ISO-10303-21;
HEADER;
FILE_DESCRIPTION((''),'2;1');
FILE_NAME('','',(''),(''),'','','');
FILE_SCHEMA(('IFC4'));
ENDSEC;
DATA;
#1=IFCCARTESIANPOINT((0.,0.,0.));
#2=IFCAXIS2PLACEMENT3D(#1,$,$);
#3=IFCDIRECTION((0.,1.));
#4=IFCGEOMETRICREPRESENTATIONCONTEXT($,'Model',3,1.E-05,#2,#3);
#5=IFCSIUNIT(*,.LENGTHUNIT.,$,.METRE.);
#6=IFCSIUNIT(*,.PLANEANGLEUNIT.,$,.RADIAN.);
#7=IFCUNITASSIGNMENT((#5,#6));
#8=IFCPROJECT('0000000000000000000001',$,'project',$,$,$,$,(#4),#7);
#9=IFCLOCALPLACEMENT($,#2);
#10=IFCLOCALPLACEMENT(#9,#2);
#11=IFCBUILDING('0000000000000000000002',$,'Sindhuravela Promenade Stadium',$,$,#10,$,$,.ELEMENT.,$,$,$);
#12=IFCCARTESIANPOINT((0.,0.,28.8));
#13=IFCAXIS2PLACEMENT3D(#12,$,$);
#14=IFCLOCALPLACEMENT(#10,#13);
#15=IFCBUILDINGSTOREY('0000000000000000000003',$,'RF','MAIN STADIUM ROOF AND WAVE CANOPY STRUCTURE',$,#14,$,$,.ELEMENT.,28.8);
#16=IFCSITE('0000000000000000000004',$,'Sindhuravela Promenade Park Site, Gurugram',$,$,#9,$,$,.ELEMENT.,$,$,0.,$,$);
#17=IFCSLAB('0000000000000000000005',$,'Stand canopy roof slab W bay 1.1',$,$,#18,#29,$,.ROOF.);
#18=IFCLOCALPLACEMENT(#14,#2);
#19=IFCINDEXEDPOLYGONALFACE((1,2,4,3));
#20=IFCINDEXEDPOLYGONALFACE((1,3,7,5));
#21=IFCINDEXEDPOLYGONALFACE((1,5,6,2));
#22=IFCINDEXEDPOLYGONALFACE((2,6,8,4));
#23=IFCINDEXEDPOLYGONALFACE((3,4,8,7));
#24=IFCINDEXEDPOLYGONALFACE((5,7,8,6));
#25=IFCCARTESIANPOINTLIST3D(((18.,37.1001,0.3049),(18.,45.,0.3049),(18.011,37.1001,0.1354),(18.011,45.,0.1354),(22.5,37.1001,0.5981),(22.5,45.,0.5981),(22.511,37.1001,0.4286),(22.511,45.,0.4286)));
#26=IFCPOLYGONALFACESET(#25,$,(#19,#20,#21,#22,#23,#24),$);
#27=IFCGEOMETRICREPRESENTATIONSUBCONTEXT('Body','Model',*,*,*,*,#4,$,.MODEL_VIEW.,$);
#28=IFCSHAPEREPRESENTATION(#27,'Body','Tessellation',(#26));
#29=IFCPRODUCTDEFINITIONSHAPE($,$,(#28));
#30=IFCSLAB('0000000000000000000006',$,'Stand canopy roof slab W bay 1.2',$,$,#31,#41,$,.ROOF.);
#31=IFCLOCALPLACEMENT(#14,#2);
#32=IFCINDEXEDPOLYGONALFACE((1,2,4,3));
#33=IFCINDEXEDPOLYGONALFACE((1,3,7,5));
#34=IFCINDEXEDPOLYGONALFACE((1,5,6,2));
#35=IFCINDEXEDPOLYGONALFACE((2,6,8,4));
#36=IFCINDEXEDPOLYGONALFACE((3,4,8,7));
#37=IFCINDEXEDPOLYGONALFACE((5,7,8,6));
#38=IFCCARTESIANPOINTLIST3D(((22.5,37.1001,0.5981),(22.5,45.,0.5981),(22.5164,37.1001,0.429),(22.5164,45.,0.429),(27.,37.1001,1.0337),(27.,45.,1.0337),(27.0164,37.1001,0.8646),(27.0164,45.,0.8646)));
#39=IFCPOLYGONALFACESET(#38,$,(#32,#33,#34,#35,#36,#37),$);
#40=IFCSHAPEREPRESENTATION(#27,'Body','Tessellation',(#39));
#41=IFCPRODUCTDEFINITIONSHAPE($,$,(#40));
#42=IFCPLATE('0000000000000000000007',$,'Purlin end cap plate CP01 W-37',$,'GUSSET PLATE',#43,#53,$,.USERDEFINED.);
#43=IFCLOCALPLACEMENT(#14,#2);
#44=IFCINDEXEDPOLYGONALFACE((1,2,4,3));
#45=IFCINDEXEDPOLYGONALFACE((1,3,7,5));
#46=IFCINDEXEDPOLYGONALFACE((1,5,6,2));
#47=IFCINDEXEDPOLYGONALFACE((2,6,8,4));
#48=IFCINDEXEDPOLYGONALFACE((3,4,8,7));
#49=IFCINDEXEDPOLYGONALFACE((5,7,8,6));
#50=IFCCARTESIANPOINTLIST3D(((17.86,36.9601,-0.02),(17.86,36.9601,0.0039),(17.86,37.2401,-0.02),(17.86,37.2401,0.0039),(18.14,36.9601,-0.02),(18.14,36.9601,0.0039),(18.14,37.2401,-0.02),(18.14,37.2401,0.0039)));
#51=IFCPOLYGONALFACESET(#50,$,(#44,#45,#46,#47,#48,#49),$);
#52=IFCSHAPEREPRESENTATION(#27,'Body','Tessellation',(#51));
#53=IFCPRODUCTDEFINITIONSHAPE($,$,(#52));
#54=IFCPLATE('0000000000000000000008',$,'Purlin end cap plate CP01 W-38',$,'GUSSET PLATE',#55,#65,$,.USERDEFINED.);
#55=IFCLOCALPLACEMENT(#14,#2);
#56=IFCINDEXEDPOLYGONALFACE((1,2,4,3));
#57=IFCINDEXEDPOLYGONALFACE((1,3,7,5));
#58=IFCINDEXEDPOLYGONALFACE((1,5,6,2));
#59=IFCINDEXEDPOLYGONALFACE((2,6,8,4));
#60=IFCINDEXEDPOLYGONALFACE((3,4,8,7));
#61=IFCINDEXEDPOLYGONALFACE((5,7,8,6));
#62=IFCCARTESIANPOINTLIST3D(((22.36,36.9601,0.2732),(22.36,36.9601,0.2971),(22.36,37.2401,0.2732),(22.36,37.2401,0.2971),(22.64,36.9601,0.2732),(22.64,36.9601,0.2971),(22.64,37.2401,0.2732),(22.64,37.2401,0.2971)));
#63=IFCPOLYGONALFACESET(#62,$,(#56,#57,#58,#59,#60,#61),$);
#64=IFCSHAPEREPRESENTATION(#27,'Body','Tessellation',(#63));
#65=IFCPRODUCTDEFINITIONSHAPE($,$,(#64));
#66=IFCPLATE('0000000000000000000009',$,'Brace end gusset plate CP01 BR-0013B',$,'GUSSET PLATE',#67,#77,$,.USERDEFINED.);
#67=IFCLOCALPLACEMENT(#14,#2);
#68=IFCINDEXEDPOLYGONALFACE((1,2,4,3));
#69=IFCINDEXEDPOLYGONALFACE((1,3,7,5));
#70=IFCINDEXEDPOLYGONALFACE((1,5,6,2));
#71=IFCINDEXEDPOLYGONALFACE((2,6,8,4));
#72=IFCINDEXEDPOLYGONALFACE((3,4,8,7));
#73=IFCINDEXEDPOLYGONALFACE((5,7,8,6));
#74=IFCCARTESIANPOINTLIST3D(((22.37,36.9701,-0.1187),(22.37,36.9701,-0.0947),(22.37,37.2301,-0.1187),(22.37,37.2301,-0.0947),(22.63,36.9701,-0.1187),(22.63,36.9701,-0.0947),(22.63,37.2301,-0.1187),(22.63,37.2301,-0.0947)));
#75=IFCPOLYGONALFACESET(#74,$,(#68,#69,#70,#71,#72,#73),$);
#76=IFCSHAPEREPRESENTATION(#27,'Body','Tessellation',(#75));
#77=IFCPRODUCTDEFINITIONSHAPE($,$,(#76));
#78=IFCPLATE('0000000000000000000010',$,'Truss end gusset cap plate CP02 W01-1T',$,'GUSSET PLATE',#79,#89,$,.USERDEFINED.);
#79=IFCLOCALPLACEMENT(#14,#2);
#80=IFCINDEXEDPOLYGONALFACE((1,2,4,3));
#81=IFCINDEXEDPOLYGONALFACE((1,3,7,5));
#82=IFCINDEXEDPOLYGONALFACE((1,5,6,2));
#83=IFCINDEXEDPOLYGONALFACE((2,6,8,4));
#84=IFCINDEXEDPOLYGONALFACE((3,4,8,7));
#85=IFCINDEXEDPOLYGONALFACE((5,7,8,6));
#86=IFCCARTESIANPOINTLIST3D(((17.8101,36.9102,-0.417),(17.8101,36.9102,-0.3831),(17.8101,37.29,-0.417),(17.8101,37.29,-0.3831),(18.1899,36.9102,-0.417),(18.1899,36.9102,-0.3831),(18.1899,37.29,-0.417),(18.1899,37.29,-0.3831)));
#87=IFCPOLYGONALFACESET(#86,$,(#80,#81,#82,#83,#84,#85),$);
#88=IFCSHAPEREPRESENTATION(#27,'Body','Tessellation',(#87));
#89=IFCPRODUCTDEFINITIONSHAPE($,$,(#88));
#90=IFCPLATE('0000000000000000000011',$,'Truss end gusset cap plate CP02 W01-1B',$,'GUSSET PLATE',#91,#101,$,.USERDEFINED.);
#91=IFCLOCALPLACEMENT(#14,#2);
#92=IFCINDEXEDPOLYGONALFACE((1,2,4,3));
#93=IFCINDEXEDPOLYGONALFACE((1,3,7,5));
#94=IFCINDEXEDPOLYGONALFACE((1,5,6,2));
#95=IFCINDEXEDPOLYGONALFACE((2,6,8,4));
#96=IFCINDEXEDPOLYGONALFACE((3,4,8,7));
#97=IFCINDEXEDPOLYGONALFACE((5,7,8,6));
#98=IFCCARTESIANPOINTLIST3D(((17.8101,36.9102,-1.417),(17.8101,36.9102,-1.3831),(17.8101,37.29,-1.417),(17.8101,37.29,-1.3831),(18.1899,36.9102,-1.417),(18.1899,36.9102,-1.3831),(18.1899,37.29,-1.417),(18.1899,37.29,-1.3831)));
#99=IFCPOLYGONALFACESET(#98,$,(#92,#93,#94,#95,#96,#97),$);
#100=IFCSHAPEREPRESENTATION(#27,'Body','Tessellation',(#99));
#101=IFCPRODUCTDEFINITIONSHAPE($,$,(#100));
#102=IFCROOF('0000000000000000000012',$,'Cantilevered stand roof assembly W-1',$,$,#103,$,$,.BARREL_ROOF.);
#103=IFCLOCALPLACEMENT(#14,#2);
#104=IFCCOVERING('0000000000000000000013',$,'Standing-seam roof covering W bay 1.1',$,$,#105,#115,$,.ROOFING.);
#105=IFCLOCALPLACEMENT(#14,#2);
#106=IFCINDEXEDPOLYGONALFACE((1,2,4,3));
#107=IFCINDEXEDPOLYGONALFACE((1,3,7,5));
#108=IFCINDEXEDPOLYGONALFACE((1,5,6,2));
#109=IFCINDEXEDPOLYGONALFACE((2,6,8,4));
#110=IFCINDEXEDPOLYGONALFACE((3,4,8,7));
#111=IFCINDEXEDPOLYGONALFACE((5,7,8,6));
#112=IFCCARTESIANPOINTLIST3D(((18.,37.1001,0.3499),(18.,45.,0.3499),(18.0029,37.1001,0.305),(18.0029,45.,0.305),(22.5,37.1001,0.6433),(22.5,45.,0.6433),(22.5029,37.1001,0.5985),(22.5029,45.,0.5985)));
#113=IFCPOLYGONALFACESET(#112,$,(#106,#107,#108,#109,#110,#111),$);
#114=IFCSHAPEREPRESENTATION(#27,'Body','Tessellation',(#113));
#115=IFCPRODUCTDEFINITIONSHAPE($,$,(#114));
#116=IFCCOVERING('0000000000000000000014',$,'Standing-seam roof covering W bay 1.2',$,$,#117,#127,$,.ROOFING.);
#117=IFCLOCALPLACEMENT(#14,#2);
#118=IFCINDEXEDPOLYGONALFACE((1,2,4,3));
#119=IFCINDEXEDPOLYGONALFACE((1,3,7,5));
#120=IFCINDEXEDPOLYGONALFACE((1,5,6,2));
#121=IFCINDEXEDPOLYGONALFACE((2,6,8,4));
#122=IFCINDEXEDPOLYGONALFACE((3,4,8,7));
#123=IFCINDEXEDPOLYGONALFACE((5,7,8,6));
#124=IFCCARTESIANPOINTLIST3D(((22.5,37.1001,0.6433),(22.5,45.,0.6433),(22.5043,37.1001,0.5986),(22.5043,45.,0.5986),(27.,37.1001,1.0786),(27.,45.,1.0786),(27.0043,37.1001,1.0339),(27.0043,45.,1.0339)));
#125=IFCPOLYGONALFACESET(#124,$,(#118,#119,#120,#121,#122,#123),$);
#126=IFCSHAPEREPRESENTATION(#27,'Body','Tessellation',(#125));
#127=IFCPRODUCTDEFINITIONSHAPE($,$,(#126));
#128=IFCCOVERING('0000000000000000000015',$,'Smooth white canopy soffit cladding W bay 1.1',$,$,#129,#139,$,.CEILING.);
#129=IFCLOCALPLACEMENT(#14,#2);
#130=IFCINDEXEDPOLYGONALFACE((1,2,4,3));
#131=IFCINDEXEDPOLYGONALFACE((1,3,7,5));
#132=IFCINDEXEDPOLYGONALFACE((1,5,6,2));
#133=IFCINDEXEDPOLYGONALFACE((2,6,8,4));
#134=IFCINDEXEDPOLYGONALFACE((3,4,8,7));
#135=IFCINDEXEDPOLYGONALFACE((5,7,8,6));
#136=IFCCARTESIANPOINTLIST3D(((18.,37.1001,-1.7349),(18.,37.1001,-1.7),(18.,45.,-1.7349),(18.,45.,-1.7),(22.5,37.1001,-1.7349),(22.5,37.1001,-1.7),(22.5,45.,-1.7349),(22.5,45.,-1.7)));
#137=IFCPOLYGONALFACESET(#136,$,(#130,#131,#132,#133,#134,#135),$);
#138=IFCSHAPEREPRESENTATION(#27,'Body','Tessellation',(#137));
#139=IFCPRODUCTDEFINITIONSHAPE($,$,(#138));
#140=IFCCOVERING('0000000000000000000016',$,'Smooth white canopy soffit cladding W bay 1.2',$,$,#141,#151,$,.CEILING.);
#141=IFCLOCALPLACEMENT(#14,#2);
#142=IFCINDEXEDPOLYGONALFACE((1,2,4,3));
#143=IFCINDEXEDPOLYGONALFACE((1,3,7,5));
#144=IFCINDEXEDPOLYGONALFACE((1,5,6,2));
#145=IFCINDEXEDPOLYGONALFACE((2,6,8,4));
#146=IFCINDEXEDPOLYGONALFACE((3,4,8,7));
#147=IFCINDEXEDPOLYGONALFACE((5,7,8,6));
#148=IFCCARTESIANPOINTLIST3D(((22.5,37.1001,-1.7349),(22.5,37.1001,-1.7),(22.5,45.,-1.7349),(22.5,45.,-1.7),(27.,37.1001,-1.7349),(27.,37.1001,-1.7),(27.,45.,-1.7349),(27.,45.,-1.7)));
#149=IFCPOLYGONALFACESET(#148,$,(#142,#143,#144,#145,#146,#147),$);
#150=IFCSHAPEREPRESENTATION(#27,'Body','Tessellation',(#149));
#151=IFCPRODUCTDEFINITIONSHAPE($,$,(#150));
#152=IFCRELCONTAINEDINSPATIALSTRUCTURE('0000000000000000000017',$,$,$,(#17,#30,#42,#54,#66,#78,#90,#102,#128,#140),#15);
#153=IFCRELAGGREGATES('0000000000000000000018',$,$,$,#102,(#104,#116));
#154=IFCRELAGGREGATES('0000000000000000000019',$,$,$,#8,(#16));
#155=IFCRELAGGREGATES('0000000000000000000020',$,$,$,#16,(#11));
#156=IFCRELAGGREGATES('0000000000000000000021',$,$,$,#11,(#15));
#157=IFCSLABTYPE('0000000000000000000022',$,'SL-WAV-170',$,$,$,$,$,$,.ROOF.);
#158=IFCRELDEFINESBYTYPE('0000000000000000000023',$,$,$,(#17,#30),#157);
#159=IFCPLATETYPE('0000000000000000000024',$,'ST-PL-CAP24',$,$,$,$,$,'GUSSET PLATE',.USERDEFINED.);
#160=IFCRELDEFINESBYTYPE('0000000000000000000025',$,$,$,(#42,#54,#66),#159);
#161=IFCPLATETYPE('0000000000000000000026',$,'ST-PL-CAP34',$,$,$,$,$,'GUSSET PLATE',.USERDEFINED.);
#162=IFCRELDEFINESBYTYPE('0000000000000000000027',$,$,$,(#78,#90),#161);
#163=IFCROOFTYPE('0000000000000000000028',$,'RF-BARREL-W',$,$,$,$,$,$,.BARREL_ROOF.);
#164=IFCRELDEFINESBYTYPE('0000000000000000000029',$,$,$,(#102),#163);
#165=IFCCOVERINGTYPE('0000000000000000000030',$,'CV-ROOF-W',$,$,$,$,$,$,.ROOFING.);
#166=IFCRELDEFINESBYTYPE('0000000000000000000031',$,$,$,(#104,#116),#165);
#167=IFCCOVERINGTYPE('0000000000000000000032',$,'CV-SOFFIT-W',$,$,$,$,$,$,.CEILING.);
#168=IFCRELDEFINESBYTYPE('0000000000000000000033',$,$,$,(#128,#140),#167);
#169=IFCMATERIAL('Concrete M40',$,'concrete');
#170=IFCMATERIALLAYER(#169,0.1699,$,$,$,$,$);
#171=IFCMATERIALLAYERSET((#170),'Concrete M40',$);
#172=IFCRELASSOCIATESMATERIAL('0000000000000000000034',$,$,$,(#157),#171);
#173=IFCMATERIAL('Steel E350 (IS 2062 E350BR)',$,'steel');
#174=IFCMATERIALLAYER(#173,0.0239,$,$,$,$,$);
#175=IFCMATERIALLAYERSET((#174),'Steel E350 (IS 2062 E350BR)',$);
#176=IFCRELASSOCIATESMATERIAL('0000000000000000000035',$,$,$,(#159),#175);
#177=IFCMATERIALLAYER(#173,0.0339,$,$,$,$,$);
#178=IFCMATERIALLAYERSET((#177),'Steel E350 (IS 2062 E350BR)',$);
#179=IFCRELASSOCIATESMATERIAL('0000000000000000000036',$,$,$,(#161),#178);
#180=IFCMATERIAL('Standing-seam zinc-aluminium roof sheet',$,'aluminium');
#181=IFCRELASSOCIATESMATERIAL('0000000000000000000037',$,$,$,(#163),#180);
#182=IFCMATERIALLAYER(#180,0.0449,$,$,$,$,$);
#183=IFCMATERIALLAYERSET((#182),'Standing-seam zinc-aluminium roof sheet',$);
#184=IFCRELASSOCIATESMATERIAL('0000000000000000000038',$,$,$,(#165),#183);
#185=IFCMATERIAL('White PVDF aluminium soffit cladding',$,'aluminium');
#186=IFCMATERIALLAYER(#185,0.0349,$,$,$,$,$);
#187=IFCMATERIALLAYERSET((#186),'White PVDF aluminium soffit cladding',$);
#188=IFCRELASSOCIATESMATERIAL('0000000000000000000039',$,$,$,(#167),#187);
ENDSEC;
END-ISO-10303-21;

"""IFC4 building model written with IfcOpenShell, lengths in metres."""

from ifc_helpers import new_model, si_unit, direction, frame, origin, origin_2d, place, context, subcontext, project, spatial, polyline, rectangle, outline, extrude, material, layer, layer_set, type_object, element, aggregate, save


model = new_model("IFC4")

# Units and contexts
model_context = context("Model", 3, precision=1e-05, world=origin(), true_north=direction((0.0, 1.0)))
body_context = subcontext(model_context, "Body", "Model", "MODEL_VIEW")
ifc_project = project(units=[si_unit("LENGTHUNIT", "METRE"), si_unit("PLANEANGLEUNIT", "RADIAN")], contexts=[model_context])

# Site, building, storey
site_placement = place(None, origin())
site = spatial("IfcSite", under=ifc_project, at=site_placement, Name="Sindhuravela Promenade Park Site, Gurugram", CompositionType="ELEMENT", RefElevation=0.0)
building_placement = place(site_placement, origin())
building = spatial("IfcBuilding", under=site, at=building_placement, Name="Sindhuravela Promenade Stadium", CompositionType="ELEMENT")
storey_placement = place(building_placement, frame((0.0, 0.0, 28.8)))
storey = spatial("IfcBuildingStorey", under=building, at=storey_placement, Name="RF", Description="MAIN STADIUM ROOF AND WAVE CANOPY STRUCTURE", CompositionType="ELEMENT", Elevation=28.8)

# Shared definitions
ifc_material_1 = material(Name="Steel E350 (IS 2062 E350BR)", Category="steel")

# Shared definitions
ifc_material_2 = material(Name="Concrete M40", Category="concrete")

# Slabs
ifc_layer_1 = layer(ifc_material_2, 0.1699)
ifc_layer_set_1 = layer_set([ifc_layer_1], Name="Concrete M40")
slab_type_1 = type_object("IfcSlabType", Name="SL-WAV-170", PredefinedType="ROOF", material=ifc_layer_set_1)
slab_1_placement = place(storey_placement, frame((18.0, 37.1001, 0.3049), z_axis=(-0.065021, 0.0, 0.997884), x_axis=(0.0, 1.0, 0.0)))
element("IfcSlab", 1, at=slab_1_placement, inside=storey, type_object=slab_type_1, Name="Stand canopy roof slab W bay 1.1", PredefinedType="ROOF", context=body_context, shape_type="SweptSolid", body=[
    extrude(outline(polyline([(0.0, 0.0), (0.0, -4.5095), (7.8999, -4.5095), (7.8999, 0.0), (0.0, 0.0)])), origin(), (0.0, 0.0, -1.0), 0.1699),
])
slab_2_placement = place(storey_placement, frame((22.5, 37.1001, 0.5981), z_axis=(-0.096338, 0.0, 0.995349), x_axis=(0.0, 1.0, 0.0)))
element("IfcSlab", 2, at=slab_2_placement, inside=storey, type_object=slab_type_1, Name="Stand canopy roof slab W bay 1.2", PredefinedType="ROOF", context=body_context, shape_type="SweptSolid", body=[
    extrude(outline(polyline([(0.0, 0.0), (0.0, -4.521), (7.8999, -4.521), (7.8999, 0.0), (0.0, 0.0)])), origin(), (0.0, 0.0, -1.0), 0.1699),
])

# Plates
ifc_layer_2 = layer(ifc_material_1, 0.0239)
ifc_layer_set_2 = layer_set([ifc_layer_2], Name="Steel E350 (IS 2062 E350BR)")
plate_type_1 = type_object("IfcPlateType", Name="ST-PL-CAP24", ElementType="GUSSET PLATE", PredefinedType="USERDEFINED", material=ifc_layer_set_2)
for number, where, z_axis, x_axis, name in (
    (3, (18.0, 37.1001, -0.02), (0.0, 0.0, 1.0), (1.0, 0.0, 0.0), "Purlin end cap plate CP01 W-37"),
    (4, (22.5, 37.1001, 0.2732), (0.0, 0.0, 1.0), (1.0, 0.0, 0.0), "Purlin end cap plate CP01 W-38"),
):
    element("IfcPlate", number, at=place(storey_placement, frame(where, z_axis=z_axis, x_axis=x_axis)), inside=storey, type_object=plate_type_1, Name=name, ObjectType="GUSSET PLATE", PredefinedType="USERDEFINED", context=body_context, shape_type="SweptSolid", body=[
        extrude(rectangle(XDim=0.28, YDim=0.28, at=origin_2d()), origin(), (0.0, 0.0, 1.0), 0.0239),
    ])
plate_placement = place(storey_placement, frame((22.5, 37.1001, -0.1187), z_axis=(0.0, 0.0, 1.0), x_axis=(1.0, 0.0, 0.0)))
element("IfcPlate", 5, at=plate_placement, inside=storey, type_object=plate_type_1, Name="Brace end gusset plate CP01 BR-0013B", ObjectType="GUSSET PLATE", PredefinedType="USERDEFINED", context=body_context, shape_type="SweptSolid", body=[
    extrude(rectangle(XDim=0.26, YDim=0.26, at=origin_2d()), origin(), (0.0, 0.0, 1.0), 0.0239),
])
ifc_layer_3 = layer(ifc_material_1, 0.0339)
ifc_layer_set_3 = layer_set([ifc_layer_3], Name="Steel E350 (IS 2062 E350BR)")
plate_type_2 = type_object("IfcPlateType", Name="ST-PL-CAP34", ElementType="GUSSET PLATE", PredefinedType="USERDEFINED", material=ifc_layer_set_3)
for number, where, z_axis, x_axis, name in (
    (6, (18.0, 37.1001, -0.417), (0.0, 0.0, 1.0), (1.0, 0.0, 0.0), "Truss end gusset cap plate CP02 W01-1T"),
    (7, (18.0, 37.1001, -1.417), (0.0, 0.0, 1.0), (1.0, 0.0, 0.0), "Truss end gusset cap plate CP02 W01-1B"),
):
    element("IfcPlate", number, at=place(storey_placement, frame(where, z_axis=z_axis, x_axis=x_axis)), inside=storey, type_object=plate_type_2, Name=name, ObjectType="GUSSET PLATE", PredefinedType="USERDEFINED", context=body_context, shape_type="SweptSolid", body=[
        extrude(rectangle(XDim=0.3799, YDim=0.3799, at=origin_2d()), origin(), (0.0, 0.0, 1.0), 0.0339),
    ])

# Roof, coverings
ifc_material_3 = material(Name="Standing-seam zinc-aluminium roof sheet", Category="aluminium")
roof_type = type_object("IfcRoofType", Name="RF-BARREL-W", PredefinedType="BARREL_ROOF", material=ifc_material_3)
roof_placement = place(storey_placement, origin())
roof = element("IfcRoof", 8, at=roof_placement, inside=storey, type_object=roof_type, Name="Cantilevered stand roof assembly W-1", PredefinedType="BARREL_ROOF")
ifc_layer_4 = layer(ifc_material_3, 0.0449)
ifc_layer_set_4 = layer_set([ifc_layer_4], Name="Standing-seam zinc-aluminium roof sheet")
covering_type_1 = type_object("IfcCoveringType", Name="CV-ROOF-W", PredefinedType="ROOFING", material=ifc_layer_set_4)
covering_1_placement = place(storey_placement, frame((18.0, 37.1001, 0.3499), z_axis=(-0.065074, 0.0, 0.99788), x_axis=(0.0, 1.0, 0.0)))
covering_1 = element("IfcCovering", 9, at=covering_1_placement, type_object=covering_type_1, Name="Standing-seam roof covering W bay 1.1", PredefinedType="ROOFING", context=body_context, shape_type="SweptSolid", body=[
    extrude(outline(polyline([(0.0, 0.0), (0.0, -4.5096), (7.8999, -4.5096), (7.8999, 0.0), (0.0, 0.0)])), origin(), (0.0, 0.0, -1.0), 0.0449),
])
covering_2_placement = place(storey_placement, frame((22.5, 37.1001, 0.6433), z_axis=(-0.096285, 0.0, 0.995354), x_axis=(0.0, 1.0, 0.0)))
covering_2 = element("IfcCovering", 10, at=covering_2_placement, type_object=covering_type_1, Name="Standing-seam roof covering W bay 1.2", PredefinedType="ROOFING", context=body_context, shape_type="SweptSolid", body=[
    extrude(outline(polyline([(0.0, 0.0), (0.0, -4.521), (7.8999, -4.521), (7.8999, 0.0), (0.0, 0.0)])), origin(), (0.0, 0.0, -1.0), 0.0449),
])
aggregate(roof, [covering_1, covering_2])

# Coverings
ifc_material_4 = material(Name="White PVDF aluminium soffit cladding", Category="aluminium")
ifc_layer_5 = layer(ifc_material_4, 0.0349)
ifc_layer_set_5 = layer_set([ifc_layer_5], Name="White PVDF aluminium soffit cladding")
covering_type_2 = type_object("IfcCoveringType", Name="CV-SOFFIT-W", PredefinedType="CEILING", material=ifc_layer_set_5)
for number, where, z_axis, x_axis, name in (
    (11, (18.0, 37.1001, -1.7), (0.0, 0.0, 1.0), (0.0, 1.0, 0.0), "Smooth white canopy soffit cladding W bay 1.1"),
    (12, (22.5, 37.1001, -1.7), (0.0, 0.0, 1.0), (0.0, 1.0, 0.0), "Smooth white canopy soffit cladding W bay 1.2"),
):
    element("IfcCovering", number, at=place(storey_placement, frame(where, z_axis=z_axis, x_axis=x_axis)), inside=storey, type_object=covering_type_2, Name=name, PredefinedType="CEILING", context=body_context, shape_type="SweptSolid", body=[
        extrude(outline(polyline([(0.0, 0.0), (0.0, -4.5), (7.8999, -4.5), (7.8999, 0.0), (0.0, 0.0)])), origin(), (0.0, 0.0, -1.0), 0.0349),
    ])

save(model, "model.ifc")
